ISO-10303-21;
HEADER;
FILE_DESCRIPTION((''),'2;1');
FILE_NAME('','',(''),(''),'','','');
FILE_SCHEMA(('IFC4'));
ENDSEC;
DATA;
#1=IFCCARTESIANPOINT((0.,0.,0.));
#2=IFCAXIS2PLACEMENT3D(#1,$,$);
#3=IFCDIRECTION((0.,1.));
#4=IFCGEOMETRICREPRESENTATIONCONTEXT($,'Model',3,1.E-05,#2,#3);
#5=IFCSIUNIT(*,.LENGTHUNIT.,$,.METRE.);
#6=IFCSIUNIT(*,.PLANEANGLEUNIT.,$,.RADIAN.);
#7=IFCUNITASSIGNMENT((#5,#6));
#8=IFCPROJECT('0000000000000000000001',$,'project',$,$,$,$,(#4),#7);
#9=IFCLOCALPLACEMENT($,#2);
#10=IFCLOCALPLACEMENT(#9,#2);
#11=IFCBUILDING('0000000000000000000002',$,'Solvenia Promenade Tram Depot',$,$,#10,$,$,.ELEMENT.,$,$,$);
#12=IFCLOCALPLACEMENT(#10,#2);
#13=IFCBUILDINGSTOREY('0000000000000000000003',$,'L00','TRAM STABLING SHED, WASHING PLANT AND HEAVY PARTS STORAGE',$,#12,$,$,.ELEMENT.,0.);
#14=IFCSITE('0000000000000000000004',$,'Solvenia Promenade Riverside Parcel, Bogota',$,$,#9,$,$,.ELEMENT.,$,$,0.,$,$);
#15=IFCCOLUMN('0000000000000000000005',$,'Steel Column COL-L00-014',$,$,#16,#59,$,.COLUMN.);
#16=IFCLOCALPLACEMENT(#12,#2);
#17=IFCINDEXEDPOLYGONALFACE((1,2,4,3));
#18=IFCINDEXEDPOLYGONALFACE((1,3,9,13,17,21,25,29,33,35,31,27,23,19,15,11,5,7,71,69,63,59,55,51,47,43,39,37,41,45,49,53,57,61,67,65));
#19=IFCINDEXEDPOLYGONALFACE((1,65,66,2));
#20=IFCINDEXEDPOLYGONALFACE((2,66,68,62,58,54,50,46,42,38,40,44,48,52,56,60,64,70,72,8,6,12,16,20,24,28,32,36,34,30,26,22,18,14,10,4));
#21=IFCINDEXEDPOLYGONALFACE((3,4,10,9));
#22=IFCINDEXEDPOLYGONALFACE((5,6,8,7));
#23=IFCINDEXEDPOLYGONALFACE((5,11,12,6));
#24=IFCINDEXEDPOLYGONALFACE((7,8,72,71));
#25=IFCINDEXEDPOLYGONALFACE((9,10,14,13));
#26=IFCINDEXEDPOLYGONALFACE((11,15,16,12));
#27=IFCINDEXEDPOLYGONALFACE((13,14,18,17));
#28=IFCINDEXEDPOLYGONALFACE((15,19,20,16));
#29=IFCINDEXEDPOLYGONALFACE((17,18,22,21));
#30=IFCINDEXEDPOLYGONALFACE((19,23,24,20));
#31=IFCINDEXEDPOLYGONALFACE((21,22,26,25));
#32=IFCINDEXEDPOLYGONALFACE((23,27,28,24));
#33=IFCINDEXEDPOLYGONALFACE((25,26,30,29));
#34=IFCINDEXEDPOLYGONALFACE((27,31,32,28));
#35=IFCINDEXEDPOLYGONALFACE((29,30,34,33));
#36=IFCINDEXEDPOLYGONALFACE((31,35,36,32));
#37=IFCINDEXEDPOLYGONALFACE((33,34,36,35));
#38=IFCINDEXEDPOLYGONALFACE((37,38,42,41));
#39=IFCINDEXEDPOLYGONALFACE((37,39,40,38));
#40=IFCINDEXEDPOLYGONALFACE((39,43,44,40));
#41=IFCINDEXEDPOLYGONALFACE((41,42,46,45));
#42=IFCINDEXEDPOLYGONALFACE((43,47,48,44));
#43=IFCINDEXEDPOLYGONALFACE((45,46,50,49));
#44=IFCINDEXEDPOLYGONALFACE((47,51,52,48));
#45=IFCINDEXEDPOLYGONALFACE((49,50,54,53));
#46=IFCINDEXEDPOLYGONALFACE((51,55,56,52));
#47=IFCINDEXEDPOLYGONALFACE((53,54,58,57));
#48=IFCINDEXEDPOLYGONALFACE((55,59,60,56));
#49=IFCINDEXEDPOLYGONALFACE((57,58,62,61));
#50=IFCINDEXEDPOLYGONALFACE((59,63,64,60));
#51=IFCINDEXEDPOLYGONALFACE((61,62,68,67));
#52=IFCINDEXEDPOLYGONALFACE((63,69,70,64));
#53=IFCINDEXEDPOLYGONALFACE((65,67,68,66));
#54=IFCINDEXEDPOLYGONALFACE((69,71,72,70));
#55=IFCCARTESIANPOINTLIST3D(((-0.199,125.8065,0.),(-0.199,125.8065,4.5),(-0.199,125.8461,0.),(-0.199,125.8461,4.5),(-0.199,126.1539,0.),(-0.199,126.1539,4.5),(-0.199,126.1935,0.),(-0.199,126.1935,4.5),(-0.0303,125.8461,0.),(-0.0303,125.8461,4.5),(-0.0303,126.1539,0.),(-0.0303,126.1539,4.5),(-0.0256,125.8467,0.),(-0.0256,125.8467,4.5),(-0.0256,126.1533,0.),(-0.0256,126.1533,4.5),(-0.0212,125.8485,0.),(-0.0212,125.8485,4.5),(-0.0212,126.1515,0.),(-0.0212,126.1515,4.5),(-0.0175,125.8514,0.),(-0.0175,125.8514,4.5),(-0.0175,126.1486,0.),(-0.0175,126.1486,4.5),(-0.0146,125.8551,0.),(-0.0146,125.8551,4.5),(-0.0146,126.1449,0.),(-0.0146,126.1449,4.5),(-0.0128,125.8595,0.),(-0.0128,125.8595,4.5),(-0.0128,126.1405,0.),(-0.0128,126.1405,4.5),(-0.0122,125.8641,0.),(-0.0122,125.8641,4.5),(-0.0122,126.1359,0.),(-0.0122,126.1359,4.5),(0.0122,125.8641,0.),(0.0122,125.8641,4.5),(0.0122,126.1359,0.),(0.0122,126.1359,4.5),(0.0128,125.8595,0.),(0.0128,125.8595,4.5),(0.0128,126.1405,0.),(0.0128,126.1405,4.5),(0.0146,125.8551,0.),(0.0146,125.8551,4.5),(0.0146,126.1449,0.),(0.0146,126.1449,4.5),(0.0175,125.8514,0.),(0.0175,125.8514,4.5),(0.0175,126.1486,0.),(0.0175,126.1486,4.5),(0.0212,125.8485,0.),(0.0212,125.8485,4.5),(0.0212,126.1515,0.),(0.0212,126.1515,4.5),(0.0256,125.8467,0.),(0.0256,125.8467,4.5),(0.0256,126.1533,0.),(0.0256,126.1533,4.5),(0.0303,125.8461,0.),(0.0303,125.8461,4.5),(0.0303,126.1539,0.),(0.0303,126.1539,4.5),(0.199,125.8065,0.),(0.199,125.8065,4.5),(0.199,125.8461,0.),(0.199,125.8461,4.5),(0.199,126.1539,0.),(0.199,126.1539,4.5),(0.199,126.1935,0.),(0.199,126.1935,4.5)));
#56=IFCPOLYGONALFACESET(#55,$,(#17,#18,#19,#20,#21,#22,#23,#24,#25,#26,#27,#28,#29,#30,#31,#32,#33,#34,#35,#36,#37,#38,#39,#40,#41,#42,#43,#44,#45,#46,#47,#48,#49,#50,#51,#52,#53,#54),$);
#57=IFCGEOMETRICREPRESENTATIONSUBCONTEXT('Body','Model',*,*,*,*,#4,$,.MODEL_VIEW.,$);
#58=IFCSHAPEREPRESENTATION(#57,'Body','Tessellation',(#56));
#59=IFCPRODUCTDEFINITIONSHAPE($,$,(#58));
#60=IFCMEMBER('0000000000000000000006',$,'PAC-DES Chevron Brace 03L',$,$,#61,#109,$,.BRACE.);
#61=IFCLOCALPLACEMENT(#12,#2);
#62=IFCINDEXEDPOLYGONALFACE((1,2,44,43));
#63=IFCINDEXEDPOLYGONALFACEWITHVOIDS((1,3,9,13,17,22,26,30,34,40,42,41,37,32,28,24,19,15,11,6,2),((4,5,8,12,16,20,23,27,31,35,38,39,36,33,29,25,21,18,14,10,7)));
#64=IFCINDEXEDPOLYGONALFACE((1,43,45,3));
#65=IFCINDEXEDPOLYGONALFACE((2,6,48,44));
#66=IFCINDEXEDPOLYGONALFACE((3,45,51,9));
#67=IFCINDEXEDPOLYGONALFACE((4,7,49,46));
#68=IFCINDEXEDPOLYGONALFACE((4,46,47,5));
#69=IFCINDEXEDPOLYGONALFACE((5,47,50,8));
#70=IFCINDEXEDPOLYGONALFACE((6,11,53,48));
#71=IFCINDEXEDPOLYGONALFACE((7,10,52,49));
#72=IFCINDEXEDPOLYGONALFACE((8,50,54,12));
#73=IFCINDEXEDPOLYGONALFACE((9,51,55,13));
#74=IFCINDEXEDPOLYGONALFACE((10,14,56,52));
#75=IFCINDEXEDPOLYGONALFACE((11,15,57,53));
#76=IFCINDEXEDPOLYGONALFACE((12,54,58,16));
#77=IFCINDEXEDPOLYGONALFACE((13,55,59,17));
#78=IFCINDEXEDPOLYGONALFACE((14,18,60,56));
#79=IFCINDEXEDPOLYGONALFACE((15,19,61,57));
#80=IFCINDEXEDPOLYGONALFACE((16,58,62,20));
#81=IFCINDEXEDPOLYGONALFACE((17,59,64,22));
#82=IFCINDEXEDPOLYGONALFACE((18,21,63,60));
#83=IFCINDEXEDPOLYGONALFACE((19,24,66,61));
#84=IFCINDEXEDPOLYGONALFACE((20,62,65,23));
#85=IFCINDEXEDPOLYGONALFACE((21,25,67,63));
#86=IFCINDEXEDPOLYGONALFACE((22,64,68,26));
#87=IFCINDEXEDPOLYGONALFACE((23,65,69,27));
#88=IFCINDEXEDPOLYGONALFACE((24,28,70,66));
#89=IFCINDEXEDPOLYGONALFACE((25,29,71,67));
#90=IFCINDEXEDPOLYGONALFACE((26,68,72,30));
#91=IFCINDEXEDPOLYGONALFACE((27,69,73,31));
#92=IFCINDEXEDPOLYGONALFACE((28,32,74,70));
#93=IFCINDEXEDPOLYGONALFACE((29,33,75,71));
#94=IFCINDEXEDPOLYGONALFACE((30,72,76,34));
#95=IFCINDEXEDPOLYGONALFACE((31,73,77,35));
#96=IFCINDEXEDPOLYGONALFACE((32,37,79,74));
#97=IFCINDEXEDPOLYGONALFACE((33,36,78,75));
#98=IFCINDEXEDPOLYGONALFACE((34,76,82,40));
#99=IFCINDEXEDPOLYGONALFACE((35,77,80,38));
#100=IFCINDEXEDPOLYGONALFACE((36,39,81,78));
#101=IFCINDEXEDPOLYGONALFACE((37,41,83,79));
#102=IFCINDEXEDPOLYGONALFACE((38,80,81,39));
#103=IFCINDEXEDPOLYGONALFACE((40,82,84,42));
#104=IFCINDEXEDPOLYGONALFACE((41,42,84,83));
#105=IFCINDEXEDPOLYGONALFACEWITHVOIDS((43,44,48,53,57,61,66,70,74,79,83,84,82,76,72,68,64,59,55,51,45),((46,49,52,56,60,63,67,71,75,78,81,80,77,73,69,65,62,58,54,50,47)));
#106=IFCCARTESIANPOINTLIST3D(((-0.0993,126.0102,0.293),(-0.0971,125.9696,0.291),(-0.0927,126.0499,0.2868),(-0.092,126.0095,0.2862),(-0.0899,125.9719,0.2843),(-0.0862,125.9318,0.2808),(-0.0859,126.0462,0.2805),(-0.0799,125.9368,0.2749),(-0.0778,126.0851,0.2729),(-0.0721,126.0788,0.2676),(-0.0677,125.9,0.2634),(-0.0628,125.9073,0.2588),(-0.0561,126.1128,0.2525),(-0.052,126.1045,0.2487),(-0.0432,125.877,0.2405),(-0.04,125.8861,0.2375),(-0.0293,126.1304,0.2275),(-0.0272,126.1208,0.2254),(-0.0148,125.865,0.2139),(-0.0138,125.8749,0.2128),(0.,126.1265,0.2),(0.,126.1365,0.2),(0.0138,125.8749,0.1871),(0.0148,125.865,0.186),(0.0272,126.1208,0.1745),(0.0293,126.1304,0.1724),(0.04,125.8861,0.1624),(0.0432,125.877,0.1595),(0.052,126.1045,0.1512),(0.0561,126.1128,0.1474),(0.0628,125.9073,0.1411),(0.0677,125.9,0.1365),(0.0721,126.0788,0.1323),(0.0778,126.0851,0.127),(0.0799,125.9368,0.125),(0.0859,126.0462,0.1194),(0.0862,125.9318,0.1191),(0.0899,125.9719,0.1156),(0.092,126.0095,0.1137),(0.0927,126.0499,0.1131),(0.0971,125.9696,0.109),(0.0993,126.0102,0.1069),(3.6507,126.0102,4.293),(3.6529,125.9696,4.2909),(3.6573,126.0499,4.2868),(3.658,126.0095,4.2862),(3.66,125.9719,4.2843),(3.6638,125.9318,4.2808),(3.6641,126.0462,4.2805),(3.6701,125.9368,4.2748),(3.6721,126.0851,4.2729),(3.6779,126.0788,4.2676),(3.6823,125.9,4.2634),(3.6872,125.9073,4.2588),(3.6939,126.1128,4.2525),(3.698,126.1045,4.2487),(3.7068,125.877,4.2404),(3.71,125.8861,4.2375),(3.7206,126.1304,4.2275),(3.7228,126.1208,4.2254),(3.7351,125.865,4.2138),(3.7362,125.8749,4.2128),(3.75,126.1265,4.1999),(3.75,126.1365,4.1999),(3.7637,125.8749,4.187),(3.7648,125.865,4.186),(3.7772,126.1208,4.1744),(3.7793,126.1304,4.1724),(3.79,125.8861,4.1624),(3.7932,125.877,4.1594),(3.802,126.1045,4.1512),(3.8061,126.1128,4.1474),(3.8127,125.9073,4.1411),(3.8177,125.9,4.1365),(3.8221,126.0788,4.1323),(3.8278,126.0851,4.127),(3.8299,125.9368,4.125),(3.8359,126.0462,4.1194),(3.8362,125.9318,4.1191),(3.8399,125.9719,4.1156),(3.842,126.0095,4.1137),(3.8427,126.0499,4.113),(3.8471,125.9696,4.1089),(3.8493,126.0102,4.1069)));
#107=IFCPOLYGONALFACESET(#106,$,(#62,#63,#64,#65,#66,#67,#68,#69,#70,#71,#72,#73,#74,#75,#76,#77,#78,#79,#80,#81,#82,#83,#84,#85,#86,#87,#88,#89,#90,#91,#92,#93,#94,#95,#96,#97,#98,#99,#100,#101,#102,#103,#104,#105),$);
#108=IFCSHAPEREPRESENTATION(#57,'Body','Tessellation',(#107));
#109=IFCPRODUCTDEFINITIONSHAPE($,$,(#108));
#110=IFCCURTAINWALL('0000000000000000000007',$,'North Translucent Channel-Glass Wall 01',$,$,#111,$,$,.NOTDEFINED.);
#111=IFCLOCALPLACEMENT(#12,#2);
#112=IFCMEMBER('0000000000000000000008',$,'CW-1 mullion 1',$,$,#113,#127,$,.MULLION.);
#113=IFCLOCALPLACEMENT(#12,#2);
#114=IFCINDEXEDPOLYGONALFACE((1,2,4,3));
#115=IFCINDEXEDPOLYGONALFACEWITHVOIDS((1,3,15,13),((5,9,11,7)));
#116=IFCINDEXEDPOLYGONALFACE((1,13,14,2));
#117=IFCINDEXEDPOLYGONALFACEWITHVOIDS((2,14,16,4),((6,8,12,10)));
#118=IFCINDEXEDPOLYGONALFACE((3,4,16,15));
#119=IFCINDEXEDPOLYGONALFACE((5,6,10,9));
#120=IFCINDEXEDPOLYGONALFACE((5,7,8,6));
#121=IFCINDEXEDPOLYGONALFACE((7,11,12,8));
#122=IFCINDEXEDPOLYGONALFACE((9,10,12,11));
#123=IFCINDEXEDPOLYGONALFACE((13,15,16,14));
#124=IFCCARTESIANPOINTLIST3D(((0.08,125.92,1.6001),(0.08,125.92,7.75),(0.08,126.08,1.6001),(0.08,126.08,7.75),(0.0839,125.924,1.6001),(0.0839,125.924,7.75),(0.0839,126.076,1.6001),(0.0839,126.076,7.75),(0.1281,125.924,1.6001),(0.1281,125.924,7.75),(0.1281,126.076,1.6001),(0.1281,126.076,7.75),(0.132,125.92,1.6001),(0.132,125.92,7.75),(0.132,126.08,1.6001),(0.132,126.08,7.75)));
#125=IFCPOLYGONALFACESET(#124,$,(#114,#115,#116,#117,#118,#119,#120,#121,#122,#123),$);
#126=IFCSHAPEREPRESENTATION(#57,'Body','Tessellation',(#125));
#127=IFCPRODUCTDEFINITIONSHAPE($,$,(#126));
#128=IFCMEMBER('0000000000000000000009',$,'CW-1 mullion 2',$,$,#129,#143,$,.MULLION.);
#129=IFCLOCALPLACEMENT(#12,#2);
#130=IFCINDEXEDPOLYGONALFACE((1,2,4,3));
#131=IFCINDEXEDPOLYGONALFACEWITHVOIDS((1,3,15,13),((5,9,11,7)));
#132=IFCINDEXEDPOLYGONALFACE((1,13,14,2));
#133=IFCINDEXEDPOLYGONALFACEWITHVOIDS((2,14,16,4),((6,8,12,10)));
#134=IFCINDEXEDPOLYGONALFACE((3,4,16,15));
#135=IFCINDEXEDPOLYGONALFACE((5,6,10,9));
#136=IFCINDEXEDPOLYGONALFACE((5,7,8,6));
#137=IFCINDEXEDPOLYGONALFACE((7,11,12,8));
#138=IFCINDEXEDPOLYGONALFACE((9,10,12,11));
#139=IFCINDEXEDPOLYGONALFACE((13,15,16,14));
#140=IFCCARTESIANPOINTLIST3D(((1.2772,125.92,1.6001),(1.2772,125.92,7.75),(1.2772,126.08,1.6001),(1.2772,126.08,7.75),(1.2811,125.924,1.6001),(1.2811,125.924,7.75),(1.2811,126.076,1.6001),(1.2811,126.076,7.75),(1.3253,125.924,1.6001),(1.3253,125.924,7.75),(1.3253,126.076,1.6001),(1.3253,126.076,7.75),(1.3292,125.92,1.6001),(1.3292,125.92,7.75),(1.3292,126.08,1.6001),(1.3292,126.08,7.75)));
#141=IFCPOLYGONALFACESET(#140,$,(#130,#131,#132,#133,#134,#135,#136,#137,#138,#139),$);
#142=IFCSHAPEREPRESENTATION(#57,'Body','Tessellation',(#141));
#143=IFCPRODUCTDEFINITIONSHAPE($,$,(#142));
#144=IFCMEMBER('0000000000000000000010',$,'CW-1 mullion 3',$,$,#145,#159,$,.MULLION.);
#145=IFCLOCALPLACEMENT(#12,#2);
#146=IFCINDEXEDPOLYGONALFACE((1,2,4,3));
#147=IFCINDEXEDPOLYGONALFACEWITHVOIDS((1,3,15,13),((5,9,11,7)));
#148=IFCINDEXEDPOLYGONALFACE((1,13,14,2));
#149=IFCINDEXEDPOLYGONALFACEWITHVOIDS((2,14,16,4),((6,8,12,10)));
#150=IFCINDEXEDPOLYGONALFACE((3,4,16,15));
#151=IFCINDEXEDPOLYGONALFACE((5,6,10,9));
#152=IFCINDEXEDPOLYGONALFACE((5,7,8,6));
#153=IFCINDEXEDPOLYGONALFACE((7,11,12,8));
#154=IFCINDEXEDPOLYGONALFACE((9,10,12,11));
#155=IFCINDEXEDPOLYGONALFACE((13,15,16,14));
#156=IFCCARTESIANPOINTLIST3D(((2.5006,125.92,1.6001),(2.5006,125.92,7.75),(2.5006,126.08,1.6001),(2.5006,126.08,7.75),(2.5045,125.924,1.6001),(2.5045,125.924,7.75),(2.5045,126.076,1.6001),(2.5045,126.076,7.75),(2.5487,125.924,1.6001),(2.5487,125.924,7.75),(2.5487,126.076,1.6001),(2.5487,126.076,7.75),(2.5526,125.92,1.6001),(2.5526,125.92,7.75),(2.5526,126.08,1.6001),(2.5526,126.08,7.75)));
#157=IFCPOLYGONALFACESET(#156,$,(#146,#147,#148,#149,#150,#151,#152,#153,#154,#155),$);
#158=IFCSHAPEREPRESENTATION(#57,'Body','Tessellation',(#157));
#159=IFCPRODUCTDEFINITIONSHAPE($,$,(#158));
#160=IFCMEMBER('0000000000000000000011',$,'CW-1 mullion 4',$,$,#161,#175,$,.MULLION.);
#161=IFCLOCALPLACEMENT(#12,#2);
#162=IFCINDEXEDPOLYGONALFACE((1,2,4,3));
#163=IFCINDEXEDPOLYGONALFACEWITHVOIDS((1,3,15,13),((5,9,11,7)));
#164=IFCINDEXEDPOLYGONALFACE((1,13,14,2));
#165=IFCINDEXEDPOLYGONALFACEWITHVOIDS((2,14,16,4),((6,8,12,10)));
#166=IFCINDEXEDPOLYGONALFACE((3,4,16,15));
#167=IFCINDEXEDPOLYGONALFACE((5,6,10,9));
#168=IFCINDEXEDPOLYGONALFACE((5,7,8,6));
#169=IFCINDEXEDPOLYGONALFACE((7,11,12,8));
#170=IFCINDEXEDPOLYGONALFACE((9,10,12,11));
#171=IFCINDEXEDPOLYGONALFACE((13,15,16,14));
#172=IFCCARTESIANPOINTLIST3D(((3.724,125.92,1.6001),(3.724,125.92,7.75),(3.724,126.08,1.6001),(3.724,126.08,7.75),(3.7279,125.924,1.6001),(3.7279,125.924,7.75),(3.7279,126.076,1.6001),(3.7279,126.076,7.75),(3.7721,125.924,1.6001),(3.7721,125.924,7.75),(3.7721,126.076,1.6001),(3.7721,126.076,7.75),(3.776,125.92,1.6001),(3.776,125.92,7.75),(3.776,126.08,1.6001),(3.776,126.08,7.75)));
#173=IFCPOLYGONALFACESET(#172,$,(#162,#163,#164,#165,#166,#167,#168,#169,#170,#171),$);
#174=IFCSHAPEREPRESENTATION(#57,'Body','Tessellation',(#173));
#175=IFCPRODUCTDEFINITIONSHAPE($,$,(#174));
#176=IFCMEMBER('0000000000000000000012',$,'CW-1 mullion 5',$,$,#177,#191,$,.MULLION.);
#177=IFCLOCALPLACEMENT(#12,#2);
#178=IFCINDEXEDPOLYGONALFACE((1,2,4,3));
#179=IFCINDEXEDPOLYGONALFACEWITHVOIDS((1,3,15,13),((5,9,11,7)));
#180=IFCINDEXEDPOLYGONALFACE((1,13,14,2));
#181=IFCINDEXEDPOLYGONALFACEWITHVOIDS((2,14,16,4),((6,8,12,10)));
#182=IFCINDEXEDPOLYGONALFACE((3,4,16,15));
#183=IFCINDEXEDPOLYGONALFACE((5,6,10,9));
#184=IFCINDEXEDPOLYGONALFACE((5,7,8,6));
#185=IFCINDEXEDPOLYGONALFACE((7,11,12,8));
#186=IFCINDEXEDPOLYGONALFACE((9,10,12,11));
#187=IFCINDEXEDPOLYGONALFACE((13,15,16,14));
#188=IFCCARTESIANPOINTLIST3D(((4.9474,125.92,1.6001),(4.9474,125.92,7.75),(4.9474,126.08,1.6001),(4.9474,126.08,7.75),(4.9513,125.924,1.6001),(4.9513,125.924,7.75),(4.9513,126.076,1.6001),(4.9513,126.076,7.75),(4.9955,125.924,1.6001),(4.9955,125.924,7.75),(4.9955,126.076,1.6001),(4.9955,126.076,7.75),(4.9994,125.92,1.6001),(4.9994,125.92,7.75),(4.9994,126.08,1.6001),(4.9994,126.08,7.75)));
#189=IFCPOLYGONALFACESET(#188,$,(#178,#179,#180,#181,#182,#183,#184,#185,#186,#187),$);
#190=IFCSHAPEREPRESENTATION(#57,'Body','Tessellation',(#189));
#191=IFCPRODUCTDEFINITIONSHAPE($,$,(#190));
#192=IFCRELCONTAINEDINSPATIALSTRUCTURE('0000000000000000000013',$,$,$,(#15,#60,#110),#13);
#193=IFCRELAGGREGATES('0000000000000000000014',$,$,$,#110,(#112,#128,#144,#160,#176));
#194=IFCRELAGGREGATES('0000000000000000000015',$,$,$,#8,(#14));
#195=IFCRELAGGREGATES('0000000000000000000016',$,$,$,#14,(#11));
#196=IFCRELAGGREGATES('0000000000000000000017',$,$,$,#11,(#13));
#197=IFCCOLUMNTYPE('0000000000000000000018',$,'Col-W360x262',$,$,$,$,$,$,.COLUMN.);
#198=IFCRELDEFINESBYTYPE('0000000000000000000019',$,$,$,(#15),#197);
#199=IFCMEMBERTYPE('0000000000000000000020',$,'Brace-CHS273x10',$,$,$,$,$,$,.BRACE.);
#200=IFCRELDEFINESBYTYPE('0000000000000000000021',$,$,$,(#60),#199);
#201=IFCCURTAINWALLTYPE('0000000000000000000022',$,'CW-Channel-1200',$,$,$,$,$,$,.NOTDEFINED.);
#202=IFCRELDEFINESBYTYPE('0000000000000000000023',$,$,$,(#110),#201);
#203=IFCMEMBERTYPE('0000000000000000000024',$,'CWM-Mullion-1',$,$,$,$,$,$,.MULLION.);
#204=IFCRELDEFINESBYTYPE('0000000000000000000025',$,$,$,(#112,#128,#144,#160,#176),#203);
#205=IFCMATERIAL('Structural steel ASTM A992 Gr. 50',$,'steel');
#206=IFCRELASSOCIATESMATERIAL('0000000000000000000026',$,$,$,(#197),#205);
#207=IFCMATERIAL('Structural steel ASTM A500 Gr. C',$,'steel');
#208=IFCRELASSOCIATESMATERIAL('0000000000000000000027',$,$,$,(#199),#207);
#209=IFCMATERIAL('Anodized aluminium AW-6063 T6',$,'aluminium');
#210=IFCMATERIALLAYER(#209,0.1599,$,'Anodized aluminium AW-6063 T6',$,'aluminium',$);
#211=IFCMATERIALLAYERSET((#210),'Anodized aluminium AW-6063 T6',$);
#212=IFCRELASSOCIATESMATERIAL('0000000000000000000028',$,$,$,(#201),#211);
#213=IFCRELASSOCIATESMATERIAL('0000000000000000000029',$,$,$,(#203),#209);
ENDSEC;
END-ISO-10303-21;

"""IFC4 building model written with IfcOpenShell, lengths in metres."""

from ifc_helpers import new_model, si_unit, direction, frame, origin, origin_2d, place, context, subcontext, project, spatial, hollow_rectangle, hollow_circle, i_section, extrude, material, layer, layer_set, material_profile, profile_set, type_object, element, aggregate, save


model = new_model("IFC4")

# Units and contexts
model_context = context("Model", 3, precision=1e-05, world=origin(), true_north=direction((0.0, 1.0)))
body_context = subcontext(model_context, "Body", "Model", "MODEL_VIEW")
ifc_project = project(units=[si_unit("LENGTHUNIT", "METRE"), si_unit("PLANEANGLEUNIT", "RADIAN")], contexts=[model_context])

# Site, building, storey
site_placement = place(None, origin())
site = spatial("IfcSite", under=ifc_project, at=site_placement, Name="Solvenia Promenade Riverside Parcel, Bogota", CompositionType="ELEMENT", RefElevation=0.0)
building_placement = place(site_placement, origin())
building = spatial("IfcBuilding", under=site, at=building_placement, Name="Solvenia Promenade Tram Depot", CompositionType="ELEMENT")
storey_placement = place(building_placement, origin())
storey = spatial("IfcBuildingStorey", under=building, at=storey_placement, Name="L00", Description="TRAM STABLING SHED, WASHING PLANT AND HEAVY PARTS STORAGE", CompositionType="ELEMENT", Elevation=0.0)

# Column
ifc_material_1 = material(Name="Structural steel ASTM A992 Gr. 50", Category="steel")
ifc_material_profile_1 = material_profile(ifc_material_1, i_section(OverallWidth=0.3979, OverallDepth=0.387, WebThickness=0.0244, FlangeThickness=0.0396, FilletRadius=0.0181, at=origin_2d()), Name="W360x262", Category="steel")
ifc_profile_set_1 = profile_set([ifc_material_profile_1], Name="Structural steel ASTM A992 Gr. 50")
column_type = type_object("IfcColumnType", Name="Col-W360x262", PredefinedType="COLUMN", material=ifc_profile_set_1)
column_placement = place(storey_placement, frame((0.0, 126.0, 0.0), z_axis=(0.0, 0.0, 1.0), x_axis=(1.0, 0.0, 0.0)))
element("IfcColumn", 1, at=column_placement, inside=storey, type_object=column_type, Name="Steel Column COL-L00-014", PredefinedType="COLUMN", context=body_context, shape_type="SweptSolid", body=[
    extrude(i_section(OverallWidth=0.3979, OverallDepth=0.387, WebThickness=0.0244, FlangeThickness=0.0396, FilletRadius=0.0181, at=origin_2d()), origin(), (0.0, 0.0, 1.0), 4.5),
])

# Member
ifc_material_2 = material(Name="Structural steel ASTM A500 Gr. C", Category="steel")
ifc_material_profile_2 = material_profile(ifc_material_2, hollow_circle(Radius=0.1365, WallThickness=0.01, at=origin_2d()), Name="CHS273.0x10", Category="steel")
ifc_profile_set_2 = profile_set([ifc_material_profile_2], Name="Structural steel ASTM A500 Gr. C")
member_type_1 = type_object("IfcMemberType", Name="Brace-CHS273x10", PredefinedType="BRACE", material=ifc_profile_set_2)
member_1_placement = place(storey_placement, frame((0.0, 126.0, 0.2), z_axis=(0.683941, 0.0, 0.729537), x_axis=(0.0, 1.0, 0.0)))
element("IfcMember", 2, at=member_1_placement, inside=storey, type_object=member_type_1, Name="PAC-DES Chevron Brace 03L", PredefinedType="BRACE", context=body_context, shape_type="SweptSolid", body=[
    extrude(hollow_circle(Radius=0.1365, WallThickness=0.01, at=origin_2d()), origin(), (0.0, 0.0, 1.0), 5.4829),
])

# Curtain wall, members
ifc_material_3 = material(Name="Anodized aluminium AW-6063 T6", Category="aluminium")
ifc_layer_1 = layer(ifc_material_3, 0.1599, Name="Anodized aluminium AW-6063 T6", Category="aluminium")
ifc_layer_set_1 = layer_set([ifc_layer_1], Name="Anodized aluminium AW-6063 T6")
curtain_wall_type = type_object("IfcCurtainWallType", Name="CW-Channel-1200", PredefinedType="NOTDEFINED", material=ifc_layer_set_1)
curtain_wall_1_placement = place(storey_placement, origin())
curtain_wall_1 = element("IfcCurtainWall", 3, at=curtain_wall_1_placement, inside=storey, type_object=curtain_wall_type, Name="North Translucent Channel-Glass Wall 01", PredefinedType="NOTDEFINED")
ifc_material_profile_3 = material_profile(ifc_material_3, hollow_rectangle(XDim=0.1599, YDim=0.052, WallThickness=0.0039, at=origin_2d()), Name="ALU-M1", Category="aluminium")
ifc_profile_set_3 = profile_set([ifc_material_profile_3], Name="Anodized aluminium AW-6063 T6")
member_type_2 = type_object("IfcMemberType", Name="CWM-Mullion-1", PredefinedType="MULLION", material=ifc_profile_set_3)
member_2_placement = place(storey_placement, frame((0.106, 126.0, 1.6001), z_axis=(0.0, 0.0, 1.0), x_axis=(0.0, 1.0, 0.0)))
member_2 = element("IfcMember", 4, at=member_2_placement, type_object=member_type_2, Name="CW-1 mullion 1", PredefinedType="MULLION", context=body_context, shape_type="SweptSolid", body=[
    extrude(hollow_rectangle(XDim=0.1599, YDim=0.052, WallThickness=0.0039, at=origin_2d()), origin(), (0.0, 0.0, 1.0), 6.1499),
])
member_3_placement = place(storey_placement, frame((1.3032, 126.0, 1.6001), z_axis=(0.0, 0.0, 1.0), x_axis=(0.0, 1.0, 0.0)))
member_3 = element("IfcMember", 5, at=member_3_placement, type_object=member_type_2, Name="CW-1 mullion 2", PredefinedType="MULLION", context=body_context, shape_type="SweptSolid", body=[
    extrude(hollow_rectangle(XDim=0.1599, YDim=0.052, WallThickness=0.0039, at=origin_2d()), origin(), (0.0, 0.0, 1.0), 6.1499),
])
member_4_placement = place(storey_placement, frame((2.5266, 126.0, 1.6001), z_axis=(0.0, 0.0, 1.0), x_axis=(0.0, 1.0, 0.0)))
member_4 = element("IfcMember", 6, at=member_4_placement, type_object=member_type_2, Name="CW-1 mullion 3", PredefinedType="MULLION", context=body_context, shape_type="SweptSolid", body=[
    extrude(hollow_rectangle(XDim=0.1599, YDim=0.052, WallThickness=0.0039, at=origin_2d()), origin(), (0.0, 0.0, 1.0), 6.1499),
])
member_5_placement = place(storey_placement, frame((3.75, 126.0, 1.6001), z_axis=(0.0, 0.0, 1.0), x_axis=(0.0, 1.0, 0.0)))
member_5 = element("IfcMember", 7, at=member_5_placement, type_object=member_type_2, Name="CW-1 mullion 4", PredefinedType="MULLION", context=body_context, shape_type="SweptSolid", body=[
    extrude(hollow_rectangle(XDim=0.1599, YDim=0.052, WallThickness=0.0039, at=origin_2d()), origin(), (0.0, 0.0, 1.0), 6.1499),
])
member_6_placement = place(storey_placement, frame((4.9734, 126.0, 1.6001), z_axis=(0.0, 0.0, 1.0), x_axis=(0.0, 1.0, 0.0)))
member_6 = element("IfcMember", 8, at=member_6_placement, type_object=member_type_2, Name="CW-1 mullion 5", PredefinedType="MULLION", context=body_context, shape_type="SweptSolid", body=[
    extrude(hollow_rectangle(XDim=0.1599, YDim=0.052, WallThickness=0.0039, at=origin_2d()), origin(), (0.0, 0.0, 1.0), 6.1499),
])

aggregate(curtain_wall_1, [member_2, member_3, member_4, member_5, member_6])

save(model, "model.ifc")
